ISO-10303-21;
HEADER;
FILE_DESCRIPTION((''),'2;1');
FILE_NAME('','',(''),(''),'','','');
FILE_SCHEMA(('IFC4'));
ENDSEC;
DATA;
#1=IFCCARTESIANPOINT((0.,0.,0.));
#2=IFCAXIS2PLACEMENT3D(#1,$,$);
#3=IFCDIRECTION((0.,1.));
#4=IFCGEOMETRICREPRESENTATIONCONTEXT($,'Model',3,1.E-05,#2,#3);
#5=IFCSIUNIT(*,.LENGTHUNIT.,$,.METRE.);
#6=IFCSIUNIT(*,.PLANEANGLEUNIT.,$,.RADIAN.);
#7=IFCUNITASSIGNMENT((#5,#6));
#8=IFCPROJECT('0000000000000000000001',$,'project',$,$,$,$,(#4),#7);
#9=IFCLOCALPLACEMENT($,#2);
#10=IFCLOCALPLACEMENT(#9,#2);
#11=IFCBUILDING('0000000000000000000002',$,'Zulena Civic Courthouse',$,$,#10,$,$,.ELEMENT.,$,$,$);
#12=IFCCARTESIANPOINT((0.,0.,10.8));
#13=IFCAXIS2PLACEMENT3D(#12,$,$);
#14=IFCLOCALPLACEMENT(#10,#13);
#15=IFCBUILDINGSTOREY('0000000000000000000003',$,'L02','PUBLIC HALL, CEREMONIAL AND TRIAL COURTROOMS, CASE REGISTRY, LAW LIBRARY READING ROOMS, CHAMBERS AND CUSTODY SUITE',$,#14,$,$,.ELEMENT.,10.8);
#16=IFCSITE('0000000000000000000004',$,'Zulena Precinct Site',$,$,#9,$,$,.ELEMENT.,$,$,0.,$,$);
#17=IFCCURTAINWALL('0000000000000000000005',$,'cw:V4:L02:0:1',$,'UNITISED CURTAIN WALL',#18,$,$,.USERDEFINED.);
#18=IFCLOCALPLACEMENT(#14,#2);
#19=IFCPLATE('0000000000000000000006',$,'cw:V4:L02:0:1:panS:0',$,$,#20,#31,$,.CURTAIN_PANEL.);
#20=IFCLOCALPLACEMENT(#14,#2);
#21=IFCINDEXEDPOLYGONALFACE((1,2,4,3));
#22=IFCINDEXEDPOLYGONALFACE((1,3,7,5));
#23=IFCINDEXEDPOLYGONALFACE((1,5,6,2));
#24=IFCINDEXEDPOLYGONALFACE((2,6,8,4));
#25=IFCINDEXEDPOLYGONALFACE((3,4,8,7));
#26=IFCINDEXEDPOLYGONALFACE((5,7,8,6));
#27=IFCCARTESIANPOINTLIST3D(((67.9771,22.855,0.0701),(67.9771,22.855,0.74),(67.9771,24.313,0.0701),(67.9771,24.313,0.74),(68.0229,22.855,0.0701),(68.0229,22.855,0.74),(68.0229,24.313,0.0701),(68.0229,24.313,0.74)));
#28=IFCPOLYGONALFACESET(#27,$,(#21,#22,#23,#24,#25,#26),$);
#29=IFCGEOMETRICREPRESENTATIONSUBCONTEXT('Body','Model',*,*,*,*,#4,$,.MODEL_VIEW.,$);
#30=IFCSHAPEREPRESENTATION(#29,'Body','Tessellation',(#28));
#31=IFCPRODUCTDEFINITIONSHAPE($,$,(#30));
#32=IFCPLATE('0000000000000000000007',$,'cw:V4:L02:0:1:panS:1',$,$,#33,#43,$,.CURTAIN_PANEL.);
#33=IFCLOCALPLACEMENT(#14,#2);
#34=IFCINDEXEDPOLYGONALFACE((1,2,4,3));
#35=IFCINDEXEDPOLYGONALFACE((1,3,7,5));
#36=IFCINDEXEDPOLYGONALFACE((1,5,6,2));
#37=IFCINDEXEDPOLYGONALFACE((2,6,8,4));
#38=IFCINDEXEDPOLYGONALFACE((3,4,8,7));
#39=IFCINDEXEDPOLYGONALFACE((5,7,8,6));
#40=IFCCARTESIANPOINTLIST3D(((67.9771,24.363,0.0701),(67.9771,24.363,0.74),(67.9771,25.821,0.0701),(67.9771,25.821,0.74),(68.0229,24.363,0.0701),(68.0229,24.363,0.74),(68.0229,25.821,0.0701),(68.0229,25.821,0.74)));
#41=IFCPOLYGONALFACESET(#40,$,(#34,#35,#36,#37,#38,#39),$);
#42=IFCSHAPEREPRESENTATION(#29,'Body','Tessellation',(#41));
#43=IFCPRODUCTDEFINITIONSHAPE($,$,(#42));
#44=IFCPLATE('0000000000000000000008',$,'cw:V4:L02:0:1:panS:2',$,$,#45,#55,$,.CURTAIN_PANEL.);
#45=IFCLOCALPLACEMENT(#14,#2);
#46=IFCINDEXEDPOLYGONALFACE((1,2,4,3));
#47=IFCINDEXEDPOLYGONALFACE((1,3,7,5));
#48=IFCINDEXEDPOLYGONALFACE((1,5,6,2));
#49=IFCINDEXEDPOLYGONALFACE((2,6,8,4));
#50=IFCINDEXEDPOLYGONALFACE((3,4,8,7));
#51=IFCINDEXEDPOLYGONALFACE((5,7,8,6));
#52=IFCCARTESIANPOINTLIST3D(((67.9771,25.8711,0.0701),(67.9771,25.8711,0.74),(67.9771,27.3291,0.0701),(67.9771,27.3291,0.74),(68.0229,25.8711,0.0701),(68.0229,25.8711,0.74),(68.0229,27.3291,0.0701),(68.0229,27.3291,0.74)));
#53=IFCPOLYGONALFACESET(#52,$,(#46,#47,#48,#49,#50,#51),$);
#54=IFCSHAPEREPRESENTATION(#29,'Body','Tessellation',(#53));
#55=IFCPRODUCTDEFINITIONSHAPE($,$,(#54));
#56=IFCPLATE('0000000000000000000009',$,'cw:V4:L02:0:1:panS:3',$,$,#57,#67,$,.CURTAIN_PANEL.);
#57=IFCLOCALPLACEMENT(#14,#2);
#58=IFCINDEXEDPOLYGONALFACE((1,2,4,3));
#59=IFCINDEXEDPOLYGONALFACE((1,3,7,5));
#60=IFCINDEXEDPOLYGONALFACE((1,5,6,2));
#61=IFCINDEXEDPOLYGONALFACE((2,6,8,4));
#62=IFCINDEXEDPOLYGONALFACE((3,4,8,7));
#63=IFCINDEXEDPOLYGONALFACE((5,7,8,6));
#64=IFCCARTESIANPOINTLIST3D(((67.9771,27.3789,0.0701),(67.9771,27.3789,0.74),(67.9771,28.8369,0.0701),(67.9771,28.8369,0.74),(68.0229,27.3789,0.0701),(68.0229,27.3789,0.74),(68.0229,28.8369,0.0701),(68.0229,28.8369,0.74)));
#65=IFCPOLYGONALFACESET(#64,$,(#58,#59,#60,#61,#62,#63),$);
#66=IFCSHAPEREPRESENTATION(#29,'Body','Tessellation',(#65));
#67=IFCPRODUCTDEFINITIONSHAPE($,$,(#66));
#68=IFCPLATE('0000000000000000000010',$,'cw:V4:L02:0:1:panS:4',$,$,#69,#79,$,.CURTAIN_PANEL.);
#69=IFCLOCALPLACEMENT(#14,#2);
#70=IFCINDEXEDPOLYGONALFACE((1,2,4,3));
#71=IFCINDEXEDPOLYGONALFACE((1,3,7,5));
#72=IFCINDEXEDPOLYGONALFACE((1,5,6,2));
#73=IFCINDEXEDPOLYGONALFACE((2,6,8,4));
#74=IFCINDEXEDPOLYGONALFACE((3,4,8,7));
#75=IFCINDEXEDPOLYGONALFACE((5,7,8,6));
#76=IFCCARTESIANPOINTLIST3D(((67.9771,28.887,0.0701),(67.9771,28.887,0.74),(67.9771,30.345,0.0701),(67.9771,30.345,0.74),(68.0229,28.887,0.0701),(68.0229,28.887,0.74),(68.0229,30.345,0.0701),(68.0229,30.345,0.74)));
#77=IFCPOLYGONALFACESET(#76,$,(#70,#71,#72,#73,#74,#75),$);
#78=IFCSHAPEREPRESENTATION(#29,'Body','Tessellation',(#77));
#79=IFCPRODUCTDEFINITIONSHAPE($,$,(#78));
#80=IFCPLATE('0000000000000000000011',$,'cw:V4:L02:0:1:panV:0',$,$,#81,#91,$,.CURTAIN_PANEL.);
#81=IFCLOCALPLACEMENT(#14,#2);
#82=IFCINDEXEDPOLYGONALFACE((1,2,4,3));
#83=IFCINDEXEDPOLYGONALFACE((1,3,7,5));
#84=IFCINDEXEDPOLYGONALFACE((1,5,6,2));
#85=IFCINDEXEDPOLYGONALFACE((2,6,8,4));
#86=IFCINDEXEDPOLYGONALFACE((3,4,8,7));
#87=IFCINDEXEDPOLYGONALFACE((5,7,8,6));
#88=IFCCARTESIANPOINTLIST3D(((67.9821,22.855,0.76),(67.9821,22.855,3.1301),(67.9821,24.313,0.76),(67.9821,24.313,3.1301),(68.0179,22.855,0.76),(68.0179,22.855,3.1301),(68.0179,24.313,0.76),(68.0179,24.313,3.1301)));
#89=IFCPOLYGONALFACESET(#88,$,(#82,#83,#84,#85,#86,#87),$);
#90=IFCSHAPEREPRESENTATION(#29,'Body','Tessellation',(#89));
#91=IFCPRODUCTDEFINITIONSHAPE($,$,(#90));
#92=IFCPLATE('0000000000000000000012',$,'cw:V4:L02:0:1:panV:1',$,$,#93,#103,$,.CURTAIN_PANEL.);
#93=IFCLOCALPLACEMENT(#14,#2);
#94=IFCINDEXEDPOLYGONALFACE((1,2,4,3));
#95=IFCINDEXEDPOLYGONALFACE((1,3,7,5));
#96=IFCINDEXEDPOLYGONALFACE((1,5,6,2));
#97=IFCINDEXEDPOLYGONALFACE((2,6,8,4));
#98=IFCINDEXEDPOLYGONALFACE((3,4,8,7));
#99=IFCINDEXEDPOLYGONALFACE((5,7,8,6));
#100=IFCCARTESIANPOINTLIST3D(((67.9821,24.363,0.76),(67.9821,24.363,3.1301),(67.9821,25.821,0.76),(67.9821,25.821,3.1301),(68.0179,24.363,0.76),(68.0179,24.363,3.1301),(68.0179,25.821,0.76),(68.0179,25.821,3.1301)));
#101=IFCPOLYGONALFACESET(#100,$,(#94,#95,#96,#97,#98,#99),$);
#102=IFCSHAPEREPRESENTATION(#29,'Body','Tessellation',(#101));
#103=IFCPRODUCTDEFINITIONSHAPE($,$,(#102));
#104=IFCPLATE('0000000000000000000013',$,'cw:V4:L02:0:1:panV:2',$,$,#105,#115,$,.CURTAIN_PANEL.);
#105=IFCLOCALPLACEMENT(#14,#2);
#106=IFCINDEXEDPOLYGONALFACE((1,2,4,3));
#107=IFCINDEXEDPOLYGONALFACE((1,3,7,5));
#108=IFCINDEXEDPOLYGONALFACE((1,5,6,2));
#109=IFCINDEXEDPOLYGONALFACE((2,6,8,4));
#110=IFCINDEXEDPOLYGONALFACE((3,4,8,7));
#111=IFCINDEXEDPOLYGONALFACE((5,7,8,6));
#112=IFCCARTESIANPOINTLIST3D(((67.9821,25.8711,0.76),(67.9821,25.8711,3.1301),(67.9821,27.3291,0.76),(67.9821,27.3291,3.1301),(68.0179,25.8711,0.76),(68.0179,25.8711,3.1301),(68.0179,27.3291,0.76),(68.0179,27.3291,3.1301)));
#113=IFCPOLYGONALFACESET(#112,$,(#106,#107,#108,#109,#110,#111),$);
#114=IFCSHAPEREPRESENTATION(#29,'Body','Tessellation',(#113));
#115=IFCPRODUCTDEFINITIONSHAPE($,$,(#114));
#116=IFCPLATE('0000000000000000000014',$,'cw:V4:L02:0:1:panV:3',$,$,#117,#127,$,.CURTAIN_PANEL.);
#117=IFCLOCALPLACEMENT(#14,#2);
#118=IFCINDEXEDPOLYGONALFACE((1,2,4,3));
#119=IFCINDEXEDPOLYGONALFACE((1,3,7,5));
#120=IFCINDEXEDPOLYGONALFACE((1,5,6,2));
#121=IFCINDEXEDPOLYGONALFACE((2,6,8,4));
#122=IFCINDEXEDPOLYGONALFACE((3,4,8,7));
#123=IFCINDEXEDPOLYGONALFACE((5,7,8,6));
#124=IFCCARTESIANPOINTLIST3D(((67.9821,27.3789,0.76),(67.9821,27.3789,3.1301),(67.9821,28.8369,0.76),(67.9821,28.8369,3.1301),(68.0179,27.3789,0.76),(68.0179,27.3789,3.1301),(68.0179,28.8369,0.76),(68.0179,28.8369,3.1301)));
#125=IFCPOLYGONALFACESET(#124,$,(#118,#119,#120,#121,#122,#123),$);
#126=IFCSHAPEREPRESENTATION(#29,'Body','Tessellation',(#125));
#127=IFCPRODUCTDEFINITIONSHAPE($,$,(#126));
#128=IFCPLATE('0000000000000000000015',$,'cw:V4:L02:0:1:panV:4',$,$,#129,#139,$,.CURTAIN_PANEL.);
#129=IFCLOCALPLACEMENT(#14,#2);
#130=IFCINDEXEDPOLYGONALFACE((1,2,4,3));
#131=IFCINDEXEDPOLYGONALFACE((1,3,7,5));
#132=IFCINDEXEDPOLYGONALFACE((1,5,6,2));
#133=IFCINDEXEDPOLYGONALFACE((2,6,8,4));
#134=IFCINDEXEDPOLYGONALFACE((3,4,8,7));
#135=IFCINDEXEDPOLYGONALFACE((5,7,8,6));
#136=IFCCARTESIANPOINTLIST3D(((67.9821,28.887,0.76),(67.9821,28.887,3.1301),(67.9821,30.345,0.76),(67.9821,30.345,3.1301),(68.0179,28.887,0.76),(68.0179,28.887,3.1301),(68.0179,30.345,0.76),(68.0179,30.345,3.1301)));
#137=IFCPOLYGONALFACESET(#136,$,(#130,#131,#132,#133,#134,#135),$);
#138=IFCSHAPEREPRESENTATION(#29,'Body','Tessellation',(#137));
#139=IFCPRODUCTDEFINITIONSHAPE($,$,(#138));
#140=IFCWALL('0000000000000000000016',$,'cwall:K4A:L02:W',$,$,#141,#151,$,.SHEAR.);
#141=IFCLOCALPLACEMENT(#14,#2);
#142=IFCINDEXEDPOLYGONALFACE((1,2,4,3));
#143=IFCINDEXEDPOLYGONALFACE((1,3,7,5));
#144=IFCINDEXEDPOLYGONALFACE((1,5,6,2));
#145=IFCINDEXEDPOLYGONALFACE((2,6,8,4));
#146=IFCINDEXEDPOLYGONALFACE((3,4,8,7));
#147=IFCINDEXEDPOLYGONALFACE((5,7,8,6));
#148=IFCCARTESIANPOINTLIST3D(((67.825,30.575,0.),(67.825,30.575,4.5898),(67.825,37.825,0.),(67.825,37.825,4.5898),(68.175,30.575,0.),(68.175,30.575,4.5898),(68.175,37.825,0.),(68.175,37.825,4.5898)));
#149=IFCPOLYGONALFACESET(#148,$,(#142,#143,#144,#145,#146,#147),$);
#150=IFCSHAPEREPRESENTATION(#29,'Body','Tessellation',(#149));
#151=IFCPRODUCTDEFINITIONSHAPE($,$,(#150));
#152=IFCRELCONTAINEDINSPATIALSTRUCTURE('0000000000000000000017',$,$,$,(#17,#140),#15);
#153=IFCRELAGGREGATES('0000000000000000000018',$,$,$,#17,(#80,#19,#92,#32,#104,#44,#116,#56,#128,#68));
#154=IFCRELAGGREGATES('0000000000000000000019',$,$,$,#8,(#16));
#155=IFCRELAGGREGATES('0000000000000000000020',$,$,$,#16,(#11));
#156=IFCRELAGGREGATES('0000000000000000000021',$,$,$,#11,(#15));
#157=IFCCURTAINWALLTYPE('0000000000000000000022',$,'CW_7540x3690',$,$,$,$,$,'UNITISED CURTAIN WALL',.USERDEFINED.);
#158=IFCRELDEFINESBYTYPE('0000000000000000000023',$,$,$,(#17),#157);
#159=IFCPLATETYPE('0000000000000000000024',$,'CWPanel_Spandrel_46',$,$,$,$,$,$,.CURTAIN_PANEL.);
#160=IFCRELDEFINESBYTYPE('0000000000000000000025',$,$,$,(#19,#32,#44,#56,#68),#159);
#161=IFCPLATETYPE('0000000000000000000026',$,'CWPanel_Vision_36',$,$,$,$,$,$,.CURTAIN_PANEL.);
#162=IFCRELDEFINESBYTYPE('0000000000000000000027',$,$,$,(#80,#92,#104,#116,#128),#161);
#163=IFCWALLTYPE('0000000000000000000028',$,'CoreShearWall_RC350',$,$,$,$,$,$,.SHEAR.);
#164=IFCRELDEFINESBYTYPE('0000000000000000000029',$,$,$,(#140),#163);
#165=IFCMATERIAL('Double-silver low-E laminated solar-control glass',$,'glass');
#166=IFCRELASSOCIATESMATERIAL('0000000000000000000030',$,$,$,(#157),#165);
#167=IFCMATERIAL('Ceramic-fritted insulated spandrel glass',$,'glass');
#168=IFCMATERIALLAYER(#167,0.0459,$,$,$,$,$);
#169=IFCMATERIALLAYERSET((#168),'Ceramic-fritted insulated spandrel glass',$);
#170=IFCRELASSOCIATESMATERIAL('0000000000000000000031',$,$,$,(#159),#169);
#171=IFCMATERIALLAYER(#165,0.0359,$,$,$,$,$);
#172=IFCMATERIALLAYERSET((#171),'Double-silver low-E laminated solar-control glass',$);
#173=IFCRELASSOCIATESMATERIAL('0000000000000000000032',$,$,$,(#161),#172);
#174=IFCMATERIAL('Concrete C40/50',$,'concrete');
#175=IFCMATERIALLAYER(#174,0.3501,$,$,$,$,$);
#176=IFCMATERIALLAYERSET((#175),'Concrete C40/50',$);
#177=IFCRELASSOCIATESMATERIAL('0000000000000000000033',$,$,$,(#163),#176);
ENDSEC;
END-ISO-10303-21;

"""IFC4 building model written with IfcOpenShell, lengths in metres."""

from ifc_helpers import new_model, si_unit, direction, frame, frame_2d, origin, origin_2d, place, context, subcontext, project, spatial, rectangle, extrude, material, layer, layer_set, type_object, element, aggregate, save


model = new_model("IFC4")

# Units and contexts
model_context = context("Model", 3, precision=1e-05, world=origin(), true_north=direction((0.0, 1.0)))
body_context = subcontext(model_context, "Body", "Model", "MODEL_VIEW")
ifc_project = project(units=[si_unit("LENGTHUNIT", "METRE"), si_unit("PLANEANGLEUNIT", "RADIAN")], contexts=[model_context])

# Site, building, storey
site_placement = place(None, origin())
site = spatial("IfcSite", under=ifc_project, at=site_placement, Name="Zulena Precinct Site", CompositionType="ELEMENT", RefElevation=0.0)
building_placement = place(site_placement, origin())
building = spatial("IfcBuilding", under=site, at=building_placement, Name="Zulena Civic Courthouse", CompositionType="ELEMENT")
storey_placement = place(building_placement, frame((0.0, 0.0, 10.8)))
storey = spatial("IfcBuildingStorey", under=building, at=storey_placement, Name="L02", Description="PUBLIC HALL, CEREMONIAL AND TRIAL COURTROOMS, CASE REGISTRY, LAW LIBRARY READING ROOMS, CHAMBERS AND CUSTODY SUITE", CompositionType="ELEMENT", Elevation=10.8)

# Curtain wall
ifc_material_1 = material(Name="Double-silver low-E laminated solar-control glass", Category="glass")
curtain_wall_type = type_object("IfcCurtainWallType", Name="CW_7540x3690", ElementType="UNITISED CURTAIN WALL", PredefinedType="USERDEFINED", material=ifc_material_1)
curtain_wall_1_placement = place(storey_placement, origin())
curtain_wall_1 = element("IfcCurtainWall", 1, at=curtain_wall_1_placement, inside=storey, type_object=curtain_wall_type, Name="cw:V4:L02:0:1", ObjectType="UNITISED CURTAIN WALL", PredefinedType="USERDEFINED")

# Plates
ifc_material_2 = material(Name="Ceramic-fritted insulated spandrel glass", Category="glass")
ifc_layer_1 = layer(ifc_material_2, 0.0459)
ifc_layer_set_1 = layer_set([ifc_layer_1], Name="Ceramic-fritted insulated spandrel glass")
plate_type_1 = type_object("IfcPlateType", Name="CWPanel_Spandrel_46", PredefinedType="CURTAIN_PANEL", material=ifc_layer_set_1)
plate_1_placement = place(storey_placement, frame((68.0, 23.584, 0.0701), z_axis=(0.0, 0.0, 1.0), x_axis=(0.0, 1.0, 0.0)))
plate_1 = element("IfcPlate", 2, at=plate_1_placement, type_object=plate_type_1, Name="cw:V4:L02:0:1:panS:0", PredefinedType="CURTAIN_PANEL", context=body_context, shape_type="SweptSolid", body=[
    extrude(rectangle(XDim=1.458, YDim=0.0459, at=origin_2d()), origin(), (0.0, 0.0, 1.0), 0.6699),
])
plate_2_placement = place(storey_placement, frame((68.0, 25.092, 0.0701), z_axis=(0.0, 0.0, 1.0), x_axis=(0.0, 1.0, 0.0)))
plate_2 = element("IfcPlate", 3, at=plate_2_placement, type_object=plate_type_1, Name="cw:V4:L02:0:1:panS:1", PredefinedType="CURTAIN_PANEL", context=body_context, shape_type="SweptSolid", body=[
    extrude(rectangle(XDim=1.458, YDim=0.0459, at=origin_2d()), origin(), (0.0, 0.0, 1.0), 0.6699),
])
plate_3_placement = place(storey_placement, frame((68.0, 26.6001, 0.0701), z_axis=(0.0, 0.0, 1.0), x_axis=(0.0, 1.0, 0.0)))
plate_3 = element("IfcPlate", 4, at=plate_3_placement, type_object=plate_type_1, Name="cw:V4:L02:0:1:panS:2", PredefinedType="CURTAIN_PANEL", context=body_context, shape_type="SweptSolid", body=[
    extrude(rectangle(XDim=1.458, YDim=0.0459, at=origin_2d()), origin(), (0.0, 0.0, 1.0), 0.6699),
])
plate_4_placement = place(storey_placement, frame((68.0, 28.1079, 0.0701), z_axis=(0.0, 0.0, 1.0), x_axis=(0.0, 1.0, 0.0)))
plate_4 = element("IfcPlate", 5, at=plate_4_placement, type_object=plate_type_1, Name="cw:V4:L02:0:1:panS:3", PredefinedType="CURTAIN_PANEL", context=body_context, shape_type="SweptSolid", body=[
    extrude(rectangle(XDim=1.458, YDim=0.0459, at=origin_2d()), origin(), (0.0, 0.0, 1.0), 0.6699),
])
plate_5_placement = place(storey_placement, frame((68.0, 29.616, 0.0701), z_axis=(0.0, 0.0, 1.0), x_axis=(0.0, 1.0, 0.0)))
plate_5 = element("IfcPlate", 6, at=plate_5_placement, type_object=plate_type_1, Name="cw:V4:L02:0:1:panS:4", PredefinedType="CURTAIN_PANEL", context=body_context, shape_type="SweptSolid", body=[
    extrude(rectangle(XDim=1.458, YDim=0.0459, at=origin_2d()), origin(), (0.0, 0.0, 1.0), 0.6699),
])
ifc_layer_2 = layer(ifc_material_1, 0.0359)
ifc_layer_set_2 = layer_set([ifc_layer_2], Name="Double-silver low-E laminated solar-control glass")
plate_type_2 = type_object("IfcPlateType", Name="CWPanel_Vision_36", PredefinedType="CURTAIN_PANEL", material=ifc_layer_set_2)
plate_6_placement = place(storey_placement, frame((68.0, 23.584, 0.76), z_axis=(0.0, 0.0, 1.0), x_axis=(0.0, 1.0, 0.0)))
plate_6 = element("IfcPlate", 7, at=plate_6_placement, type_object=plate_type_2, Name="cw:V4:L02:0:1:panV:0", PredefinedType="CURTAIN_PANEL", context=body_context, shape_type="SweptSolid", body=[
    extrude(rectangle(XDim=1.458, YDim=0.0359, at=origin_2d()), origin(), (0.0, 0.0, 1.0), 2.3701),
])
plate_7_placement = place(storey_placement, frame((68.0, 25.092, 0.76), z_axis=(0.0, 0.0, 1.0), x_axis=(0.0, 1.0, 0.0)))
plate_7 = element("IfcPlate", 8, at=plate_7_placement, type_object=plate_type_2, Name="cw:V4:L02:0:1:panV:1", PredefinedType="CURTAIN_PANEL", context=body_context, shape_type="SweptSolid", body=[
    extrude(rectangle(XDim=1.458, YDim=0.0359, at=origin_2d()), origin(), (0.0, 0.0, 1.0), 2.3701),
])
plate_8_placement = place(storey_placement, frame((68.0, 26.6001, 0.76), z_axis=(0.0, 0.0, 1.0), x_axis=(0.0, 1.0, 0.0)))
plate_8 = element("IfcPlate", 9, at=plate_8_placement, type_object=plate_type_2, Name="cw:V4:L02:0:1:panV:2", PredefinedType="CURTAIN_PANEL", context=body_context, shape_type="SweptSolid", body=[
    extrude(rectangle(XDim=1.458, YDim=0.0359, at=origin_2d()), origin(), (0.0, 0.0, 1.0), 2.3701),
])
plate_9_placement = place(storey_placement, frame((68.0, 28.1079, 0.76), z_axis=(0.0, 0.0, 1.0), x_axis=(0.0, 1.0, 0.0)))
plate_9 = element("IfcPlate", 10, at=plate_9_placement, type_object=plate_type_2, Name="cw:V4:L02:0:1:panV:3", PredefinedType="CURTAIN_PANEL", context=body_context, shape_type="SweptSolid", body=[
    extrude(rectangle(XDim=1.458, YDim=0.0359, at=origin_2d()), origin(), (0.0, 0.0, 1.0), 2.3701),
])
plate_10_placement = place(storey_placement, frame((68.0, 29.616, 0.76), z_axis=(0.0, 0.0, 1.0), x_axis=(0.0, 1.0, 0.0)))
plate_10 = element("IfcPlate", 11, at=plate_10_placement, type_object=plate_type_2, Name="cw:V4:L02:0:1:panV:4", PredefinedType="CURTAIN_PANEL", context=body_context, shape_type="SweptSolid", body=[
    extrude(rectangle(XDim=1.458, YDim=0.0359, at=origin_2d()), origin(), (0.0, 0.0, 1.0), 2.3701),
])
aggregate(curtain_wall_1, [plate_6, plate_1, plate_7, plate_2, plate_8, plate_3, plate_9, plate_4, plate_10, plate_5])

# Wall
ifc_material_3 = material(Name="Concrete C40/50", Category="concrete")
ifc_layer_3 = layer(ifc_material_3, 0.3501)
ifc_layer_set_3 = layer_set([ifc_layer_3], Name="Concrete C40/50")
wall_type = type_object("IfcWallType", Name="CoreShearWall_RC350", PredefinedType="SHEAR", material=ifc_layer_set_3)
wall_placement = place(storey_placement, frame((68.0, 30.575, 0.0), z_axis=(0.0, 0.0, 1.0), x_axis=(0.0, 1.0, 0.0)))
element("IfcWall", 12, at=wall_placement, inside=storey, type_object=wall_type, Name="cwall:K4A:L02:W", PredefinedType="SHEAR", context=body_context, shape_type="SweptSolid", body=[
    extrude(rectangle(XDim=7.25, YDim=0.3501, at=frame_2d((3.625, 0.0))), origin(), (0.0, 0.0, 1.0), 4.5898),
])

save(model, "model.ifc")
